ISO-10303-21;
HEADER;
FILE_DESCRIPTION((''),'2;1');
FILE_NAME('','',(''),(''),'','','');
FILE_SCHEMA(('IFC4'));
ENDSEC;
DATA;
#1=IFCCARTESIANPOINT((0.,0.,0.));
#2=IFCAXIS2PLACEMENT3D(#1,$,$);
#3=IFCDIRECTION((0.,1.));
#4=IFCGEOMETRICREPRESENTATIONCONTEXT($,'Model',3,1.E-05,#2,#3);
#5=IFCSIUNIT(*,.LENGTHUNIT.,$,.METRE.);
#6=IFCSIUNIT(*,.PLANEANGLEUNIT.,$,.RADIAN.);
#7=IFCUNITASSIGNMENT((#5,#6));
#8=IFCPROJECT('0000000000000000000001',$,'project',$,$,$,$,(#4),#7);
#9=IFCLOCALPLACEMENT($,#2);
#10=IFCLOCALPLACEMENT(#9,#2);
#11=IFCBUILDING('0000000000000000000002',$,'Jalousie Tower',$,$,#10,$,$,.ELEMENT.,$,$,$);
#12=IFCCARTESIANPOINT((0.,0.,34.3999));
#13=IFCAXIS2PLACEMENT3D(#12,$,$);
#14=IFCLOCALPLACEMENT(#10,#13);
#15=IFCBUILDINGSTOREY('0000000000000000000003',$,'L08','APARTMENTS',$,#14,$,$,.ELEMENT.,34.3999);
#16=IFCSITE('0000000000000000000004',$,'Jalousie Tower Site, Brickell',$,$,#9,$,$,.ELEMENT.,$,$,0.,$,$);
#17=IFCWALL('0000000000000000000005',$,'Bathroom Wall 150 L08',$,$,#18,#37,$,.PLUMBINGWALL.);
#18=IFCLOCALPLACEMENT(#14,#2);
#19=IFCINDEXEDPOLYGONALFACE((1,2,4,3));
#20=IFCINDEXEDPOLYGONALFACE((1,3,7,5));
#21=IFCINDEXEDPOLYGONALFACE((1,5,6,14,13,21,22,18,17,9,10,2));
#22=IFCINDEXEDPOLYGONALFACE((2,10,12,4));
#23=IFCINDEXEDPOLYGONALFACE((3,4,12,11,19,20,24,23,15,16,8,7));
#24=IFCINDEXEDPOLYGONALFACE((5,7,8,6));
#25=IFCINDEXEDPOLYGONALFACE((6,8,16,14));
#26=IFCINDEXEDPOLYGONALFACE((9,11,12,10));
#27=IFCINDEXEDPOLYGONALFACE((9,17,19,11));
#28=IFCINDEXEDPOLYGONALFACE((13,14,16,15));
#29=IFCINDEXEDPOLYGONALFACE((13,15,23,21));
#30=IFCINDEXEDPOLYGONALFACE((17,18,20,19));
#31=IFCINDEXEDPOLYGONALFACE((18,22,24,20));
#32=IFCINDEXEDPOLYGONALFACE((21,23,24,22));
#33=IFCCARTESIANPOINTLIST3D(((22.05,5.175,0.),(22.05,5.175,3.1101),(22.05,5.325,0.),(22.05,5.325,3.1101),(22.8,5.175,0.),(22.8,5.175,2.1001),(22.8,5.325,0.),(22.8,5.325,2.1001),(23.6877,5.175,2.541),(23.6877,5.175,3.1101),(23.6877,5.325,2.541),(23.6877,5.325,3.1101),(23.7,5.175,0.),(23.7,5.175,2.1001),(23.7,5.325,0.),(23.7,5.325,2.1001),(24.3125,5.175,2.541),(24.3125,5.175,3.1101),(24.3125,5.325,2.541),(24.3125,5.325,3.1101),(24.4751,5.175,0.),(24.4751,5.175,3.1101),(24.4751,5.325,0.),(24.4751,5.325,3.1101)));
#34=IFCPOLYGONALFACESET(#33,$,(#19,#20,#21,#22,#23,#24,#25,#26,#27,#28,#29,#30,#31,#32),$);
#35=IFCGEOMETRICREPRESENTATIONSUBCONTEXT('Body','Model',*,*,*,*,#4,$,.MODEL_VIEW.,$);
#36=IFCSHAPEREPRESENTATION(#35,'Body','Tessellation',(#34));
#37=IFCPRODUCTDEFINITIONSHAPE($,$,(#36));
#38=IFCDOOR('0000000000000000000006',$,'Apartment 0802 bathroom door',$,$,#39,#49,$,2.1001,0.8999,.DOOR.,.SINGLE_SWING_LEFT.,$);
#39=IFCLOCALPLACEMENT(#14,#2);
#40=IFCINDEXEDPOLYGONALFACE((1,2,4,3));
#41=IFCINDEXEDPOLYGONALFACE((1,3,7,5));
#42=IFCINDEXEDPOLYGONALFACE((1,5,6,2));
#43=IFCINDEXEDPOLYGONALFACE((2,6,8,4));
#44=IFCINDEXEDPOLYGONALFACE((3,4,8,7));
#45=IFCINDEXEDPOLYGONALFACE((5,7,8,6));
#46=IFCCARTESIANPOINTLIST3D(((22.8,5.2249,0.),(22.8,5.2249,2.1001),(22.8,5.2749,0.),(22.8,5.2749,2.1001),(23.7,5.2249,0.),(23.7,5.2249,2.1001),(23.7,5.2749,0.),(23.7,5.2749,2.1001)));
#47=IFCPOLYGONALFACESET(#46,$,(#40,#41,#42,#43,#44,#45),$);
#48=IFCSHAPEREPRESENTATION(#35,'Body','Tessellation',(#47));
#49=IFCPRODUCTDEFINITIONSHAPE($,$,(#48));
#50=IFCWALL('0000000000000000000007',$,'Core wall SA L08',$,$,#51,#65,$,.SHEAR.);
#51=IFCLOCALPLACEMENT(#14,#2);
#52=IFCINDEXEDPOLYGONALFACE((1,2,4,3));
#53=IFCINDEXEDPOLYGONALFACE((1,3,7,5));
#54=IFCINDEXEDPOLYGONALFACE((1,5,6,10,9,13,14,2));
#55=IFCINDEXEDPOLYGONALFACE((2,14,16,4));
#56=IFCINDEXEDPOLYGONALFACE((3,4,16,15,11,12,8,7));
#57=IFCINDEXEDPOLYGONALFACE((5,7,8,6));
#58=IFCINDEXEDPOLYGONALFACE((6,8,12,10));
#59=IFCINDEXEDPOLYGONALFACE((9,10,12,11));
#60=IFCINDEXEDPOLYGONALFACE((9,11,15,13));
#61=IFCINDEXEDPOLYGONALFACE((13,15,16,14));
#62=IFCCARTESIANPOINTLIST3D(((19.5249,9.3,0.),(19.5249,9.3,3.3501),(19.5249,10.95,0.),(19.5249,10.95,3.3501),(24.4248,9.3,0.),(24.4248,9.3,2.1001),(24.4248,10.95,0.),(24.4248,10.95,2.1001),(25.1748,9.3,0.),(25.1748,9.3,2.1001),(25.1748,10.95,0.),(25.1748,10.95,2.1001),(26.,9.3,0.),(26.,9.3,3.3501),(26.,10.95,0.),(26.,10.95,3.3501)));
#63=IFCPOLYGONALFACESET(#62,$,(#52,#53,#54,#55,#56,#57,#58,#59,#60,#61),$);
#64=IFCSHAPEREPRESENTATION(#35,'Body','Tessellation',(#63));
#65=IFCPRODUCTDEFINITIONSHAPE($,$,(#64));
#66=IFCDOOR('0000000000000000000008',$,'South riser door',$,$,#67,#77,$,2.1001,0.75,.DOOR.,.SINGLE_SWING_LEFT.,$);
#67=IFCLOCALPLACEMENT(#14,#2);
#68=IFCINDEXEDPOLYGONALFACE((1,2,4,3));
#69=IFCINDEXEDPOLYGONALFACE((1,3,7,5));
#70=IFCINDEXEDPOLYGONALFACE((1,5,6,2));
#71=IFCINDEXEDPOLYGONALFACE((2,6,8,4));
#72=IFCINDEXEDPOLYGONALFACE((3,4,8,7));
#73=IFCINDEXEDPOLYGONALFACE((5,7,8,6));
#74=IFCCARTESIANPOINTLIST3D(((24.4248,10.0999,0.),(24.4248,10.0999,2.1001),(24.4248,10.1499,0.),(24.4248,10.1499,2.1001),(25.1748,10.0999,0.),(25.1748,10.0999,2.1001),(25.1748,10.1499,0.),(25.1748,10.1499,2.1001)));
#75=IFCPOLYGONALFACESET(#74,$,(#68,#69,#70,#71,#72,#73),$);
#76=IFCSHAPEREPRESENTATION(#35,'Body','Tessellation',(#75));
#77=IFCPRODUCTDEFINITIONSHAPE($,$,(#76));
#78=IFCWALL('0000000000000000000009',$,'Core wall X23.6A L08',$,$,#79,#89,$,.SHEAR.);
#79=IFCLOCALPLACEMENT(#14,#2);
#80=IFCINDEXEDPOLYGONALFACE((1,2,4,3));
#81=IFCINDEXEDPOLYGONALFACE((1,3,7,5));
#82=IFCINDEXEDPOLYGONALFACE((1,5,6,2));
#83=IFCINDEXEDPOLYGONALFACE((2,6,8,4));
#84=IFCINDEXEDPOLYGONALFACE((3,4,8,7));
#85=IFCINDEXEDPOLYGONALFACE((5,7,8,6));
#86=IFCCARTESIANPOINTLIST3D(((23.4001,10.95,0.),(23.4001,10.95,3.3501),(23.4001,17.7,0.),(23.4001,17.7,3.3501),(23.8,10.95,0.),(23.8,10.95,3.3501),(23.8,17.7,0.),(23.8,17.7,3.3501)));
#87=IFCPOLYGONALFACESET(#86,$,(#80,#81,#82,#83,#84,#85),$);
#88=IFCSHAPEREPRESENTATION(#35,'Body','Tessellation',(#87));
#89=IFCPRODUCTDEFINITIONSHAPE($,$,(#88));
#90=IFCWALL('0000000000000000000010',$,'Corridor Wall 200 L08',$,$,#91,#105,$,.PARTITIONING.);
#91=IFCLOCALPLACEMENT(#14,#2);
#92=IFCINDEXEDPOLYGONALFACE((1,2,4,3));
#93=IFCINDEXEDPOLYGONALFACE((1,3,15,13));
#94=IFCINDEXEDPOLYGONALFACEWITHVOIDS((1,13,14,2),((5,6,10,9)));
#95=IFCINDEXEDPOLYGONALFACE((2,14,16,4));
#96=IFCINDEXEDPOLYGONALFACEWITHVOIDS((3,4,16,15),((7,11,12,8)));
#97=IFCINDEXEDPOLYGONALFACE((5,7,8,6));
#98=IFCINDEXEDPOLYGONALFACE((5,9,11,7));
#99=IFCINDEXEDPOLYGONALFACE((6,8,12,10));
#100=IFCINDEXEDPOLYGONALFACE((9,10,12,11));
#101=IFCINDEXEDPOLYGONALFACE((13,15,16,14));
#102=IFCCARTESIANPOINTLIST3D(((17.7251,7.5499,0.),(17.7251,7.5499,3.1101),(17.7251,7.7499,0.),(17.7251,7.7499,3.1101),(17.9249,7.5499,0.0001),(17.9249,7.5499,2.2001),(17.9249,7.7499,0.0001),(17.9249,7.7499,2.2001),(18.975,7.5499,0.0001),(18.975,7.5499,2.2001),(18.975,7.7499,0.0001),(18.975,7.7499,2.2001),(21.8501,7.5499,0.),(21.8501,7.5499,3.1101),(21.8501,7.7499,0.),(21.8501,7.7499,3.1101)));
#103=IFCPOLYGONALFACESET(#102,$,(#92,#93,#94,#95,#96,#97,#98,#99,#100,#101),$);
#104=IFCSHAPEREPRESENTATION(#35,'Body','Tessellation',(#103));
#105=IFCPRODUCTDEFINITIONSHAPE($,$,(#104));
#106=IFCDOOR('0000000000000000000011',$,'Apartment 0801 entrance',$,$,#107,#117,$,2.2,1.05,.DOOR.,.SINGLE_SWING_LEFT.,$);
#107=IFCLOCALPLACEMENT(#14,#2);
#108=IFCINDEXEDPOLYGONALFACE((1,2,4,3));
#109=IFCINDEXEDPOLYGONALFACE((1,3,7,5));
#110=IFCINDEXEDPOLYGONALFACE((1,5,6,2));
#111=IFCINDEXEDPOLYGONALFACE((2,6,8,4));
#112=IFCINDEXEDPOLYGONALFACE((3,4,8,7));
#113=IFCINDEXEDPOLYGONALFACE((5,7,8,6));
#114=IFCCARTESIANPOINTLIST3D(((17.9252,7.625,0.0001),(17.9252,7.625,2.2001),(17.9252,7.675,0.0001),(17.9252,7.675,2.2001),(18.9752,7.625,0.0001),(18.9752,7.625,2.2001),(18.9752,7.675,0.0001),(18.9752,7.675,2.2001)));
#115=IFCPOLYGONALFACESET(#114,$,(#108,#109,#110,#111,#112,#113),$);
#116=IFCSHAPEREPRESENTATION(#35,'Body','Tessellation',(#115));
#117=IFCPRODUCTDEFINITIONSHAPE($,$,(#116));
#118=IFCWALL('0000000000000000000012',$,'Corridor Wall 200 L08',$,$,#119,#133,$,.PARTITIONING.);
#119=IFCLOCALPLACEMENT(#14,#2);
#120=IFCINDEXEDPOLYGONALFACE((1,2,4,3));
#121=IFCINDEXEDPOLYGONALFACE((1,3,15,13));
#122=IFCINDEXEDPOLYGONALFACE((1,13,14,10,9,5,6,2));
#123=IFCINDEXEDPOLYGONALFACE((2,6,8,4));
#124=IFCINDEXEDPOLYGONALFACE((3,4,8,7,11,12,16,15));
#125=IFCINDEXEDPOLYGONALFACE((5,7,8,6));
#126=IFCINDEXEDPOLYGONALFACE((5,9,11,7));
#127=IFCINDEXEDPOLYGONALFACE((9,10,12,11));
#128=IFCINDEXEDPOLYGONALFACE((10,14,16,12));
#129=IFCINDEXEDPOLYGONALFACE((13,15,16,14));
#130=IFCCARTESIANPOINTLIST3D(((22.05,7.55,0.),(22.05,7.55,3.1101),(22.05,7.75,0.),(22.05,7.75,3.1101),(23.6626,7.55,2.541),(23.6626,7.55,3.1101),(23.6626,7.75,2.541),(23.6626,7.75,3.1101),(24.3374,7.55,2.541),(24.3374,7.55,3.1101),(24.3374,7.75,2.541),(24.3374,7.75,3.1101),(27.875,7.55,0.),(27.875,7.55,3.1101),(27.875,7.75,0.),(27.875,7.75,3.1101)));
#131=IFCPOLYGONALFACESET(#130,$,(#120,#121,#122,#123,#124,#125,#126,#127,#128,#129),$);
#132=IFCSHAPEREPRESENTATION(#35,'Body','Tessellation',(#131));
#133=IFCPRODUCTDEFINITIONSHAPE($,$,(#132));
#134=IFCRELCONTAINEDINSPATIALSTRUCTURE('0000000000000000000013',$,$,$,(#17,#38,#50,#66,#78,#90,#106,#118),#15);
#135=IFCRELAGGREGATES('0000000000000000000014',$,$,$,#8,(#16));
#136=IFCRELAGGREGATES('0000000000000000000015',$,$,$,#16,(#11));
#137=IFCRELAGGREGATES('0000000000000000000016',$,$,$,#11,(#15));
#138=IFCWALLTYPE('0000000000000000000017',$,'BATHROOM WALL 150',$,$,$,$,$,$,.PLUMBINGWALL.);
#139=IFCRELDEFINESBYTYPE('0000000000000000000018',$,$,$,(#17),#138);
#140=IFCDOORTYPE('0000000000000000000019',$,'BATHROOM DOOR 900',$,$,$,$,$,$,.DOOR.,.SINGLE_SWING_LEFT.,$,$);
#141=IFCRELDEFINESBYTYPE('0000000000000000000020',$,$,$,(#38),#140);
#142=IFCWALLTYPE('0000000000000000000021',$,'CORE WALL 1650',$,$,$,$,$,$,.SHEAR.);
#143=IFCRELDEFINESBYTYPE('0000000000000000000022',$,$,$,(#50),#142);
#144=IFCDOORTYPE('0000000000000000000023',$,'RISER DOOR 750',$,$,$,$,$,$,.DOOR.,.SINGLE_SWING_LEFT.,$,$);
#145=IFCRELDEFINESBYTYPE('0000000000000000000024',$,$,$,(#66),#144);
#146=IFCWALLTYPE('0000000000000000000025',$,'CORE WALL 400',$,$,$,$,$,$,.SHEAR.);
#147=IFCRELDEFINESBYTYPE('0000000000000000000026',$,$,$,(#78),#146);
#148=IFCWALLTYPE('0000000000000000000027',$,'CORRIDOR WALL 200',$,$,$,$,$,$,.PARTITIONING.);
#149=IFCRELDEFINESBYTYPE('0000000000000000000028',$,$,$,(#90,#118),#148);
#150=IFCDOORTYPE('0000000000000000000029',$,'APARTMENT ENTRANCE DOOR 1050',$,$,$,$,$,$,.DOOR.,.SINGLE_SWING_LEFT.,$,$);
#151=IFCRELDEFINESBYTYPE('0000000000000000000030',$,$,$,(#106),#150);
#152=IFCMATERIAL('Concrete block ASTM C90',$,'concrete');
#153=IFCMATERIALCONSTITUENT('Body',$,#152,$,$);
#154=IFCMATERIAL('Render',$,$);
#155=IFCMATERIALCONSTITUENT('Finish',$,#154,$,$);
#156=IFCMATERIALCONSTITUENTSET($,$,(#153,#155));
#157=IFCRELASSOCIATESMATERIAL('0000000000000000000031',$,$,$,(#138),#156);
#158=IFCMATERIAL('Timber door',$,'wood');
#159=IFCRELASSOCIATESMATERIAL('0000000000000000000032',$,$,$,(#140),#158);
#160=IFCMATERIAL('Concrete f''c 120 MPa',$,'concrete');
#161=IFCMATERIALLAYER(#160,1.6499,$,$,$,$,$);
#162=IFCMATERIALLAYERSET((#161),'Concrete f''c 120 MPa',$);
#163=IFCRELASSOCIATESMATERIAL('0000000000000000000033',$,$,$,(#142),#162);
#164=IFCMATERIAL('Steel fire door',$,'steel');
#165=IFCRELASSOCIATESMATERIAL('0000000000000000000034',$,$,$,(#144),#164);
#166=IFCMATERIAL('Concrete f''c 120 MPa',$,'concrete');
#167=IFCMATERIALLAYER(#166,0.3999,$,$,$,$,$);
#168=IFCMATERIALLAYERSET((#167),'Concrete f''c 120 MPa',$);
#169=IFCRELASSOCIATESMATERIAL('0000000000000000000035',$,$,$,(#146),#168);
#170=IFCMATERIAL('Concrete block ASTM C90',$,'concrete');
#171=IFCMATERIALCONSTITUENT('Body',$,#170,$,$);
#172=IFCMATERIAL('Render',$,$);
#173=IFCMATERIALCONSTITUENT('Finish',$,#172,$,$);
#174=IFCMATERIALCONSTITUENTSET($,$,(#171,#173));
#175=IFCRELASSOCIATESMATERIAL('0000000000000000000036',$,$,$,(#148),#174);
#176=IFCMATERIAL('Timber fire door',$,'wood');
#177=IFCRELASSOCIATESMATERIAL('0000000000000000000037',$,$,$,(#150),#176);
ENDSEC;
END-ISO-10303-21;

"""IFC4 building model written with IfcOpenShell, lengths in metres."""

from ifc_helpers import new_model, si_unit, direction, frame, frame_2d, origin, place, context, subcontext, project, spatial, polyline, rectangle, outline, extrude, material, layer, layer_set, constituent, constituent_set, type_object, element, fill, save


model = new_model("IFC4")

# Units and contexts
model_context = context("Model", 3, precision=1e-05, world=origin(), true_north=direction((0.0, 1.0)))
body_context = subcontext(model_context, "Body", "Model", "MODEL_VIEW")
ifc_project = project(units=[si_unit("LENGTHUNIT", "METRE"), si_unit("PLANEANGLEUNIT", "RADIAN")], contexts=[model_context])

# Site, building, storey
site_placement = place(None, origin())
site = spatial("IfcSite", under=ifc_project, at=site_placement, Name="Jalousie Tower Site, Brickell", CompositionType="ELEMENT", RefElevation=0.0)
building_placement = place(site_placement, origin())
building = spatial("IfcBuilding", under=site, at=building_placement, Name="Jalousie Tower", CompositionType="ELEMENT")
storey_placement = place(building_placement, frame((0.0, 0.0, 34.3999)))
storey = spatial("IfcBuildingStorey", under=building, at=storey_placement, Name="L08", Description="APARTMENTS", CompositionType="ELEMENT", Elevation=34.3999)

# Walls, openings, doors
ifc_material_1 = material(Name="Concrete block ASTM C90", Category="concrete")
ifc_constituent_1 = constituent(ifc_material_1, Name="Body")
ifc_material_2 = material(Name="Render")
ifc_constituent_2 = constituent(ifc_material_2, Name="Finish")
ifc_constituent_set_1 = constituent_set(constituents=[ifc_constituent_1, ifc_constituent_2])
wall_type_1 = type_object("IfcWallType", Name="BATHROOM WALL 150", PredefinedType="PLUMBINGWALL", material=ifc_constituent_set_1)
wall_1_placement = place(storey_placement, frame((22.05, 5.25, 0.0), z_axis=(0.0, 0.0, 1.0), x_axis=(1.0, 0.0, 0.0)))
wall_1 = element("IfcWall", 1, at=wall_1_placement, inside=storey, type_object=wall_type_1, Name="Bathroom Wall 150 L08", PredefinedType="PLUMBINGWALL", context=body_context, shape_type="SweptSolid", body=[
    extrude(outline(polyline([(0.0, 0.0), (2.425, 0.0), (2.425, 3.1101), (2.2625, 3.1101), (2.2625, 2.541), (1.6377, 2.541), (1.6377, 3.1101), (0.0, 3.1101), (0.0, 0.0)])), frame((0.0, 0.075, 0.0), z_axis=(0.0, -1.0, 0.0), x_axis=(1.0, 0.0, 0.0)), (0.0, 0.0, 1.0), 0.1499),
])
opening_1_placement = place(wall_1_placement, frame((0.75, 0.0, 0.0)))
opening_1 = element("IfcOpeningElement", 2, at=opening_1_placement, cuts=wall_1, PredefinedType="OPENING", context=body_context, shape_type="SweptSolid", body=[
    extrude(rectangle(XDim=0.8999, YDim=2.1001, at=frame_2d((0.45, 1.05))), frame((0.0, 0.085, 0.0), z_axis=(0.0, -1.0, 0.0), x_axis=(1.0, 0.0, 0.0)), (0.0, 0.0, 1.0), 0.1699),
])
ifc_material_3 = material(Name="Timber door", Category="wood")
door_type_1 = type_object("IfcDoorType", Name="BATHROOM DOOR 900", OperationType="SINGLE_SWING_LEFT", PredefinedType="DOOR", material=ifc_material_3)
door_1_placement = place(opening_1_placement, origin())
door_1 = element("IfcDoor", 3, at=door_1_placement, inside=storey, type_object=door_type_1, Name="Apartment 0802 bathroom door", OperationType="SINGLE_SWING_LEFT", OverallHeight=2.1001, OverallWidth=0.8999, PredefinedType="DOOR", context=body_context, shape_type="SweptSolid", body=[
    extrude(rectangle(XDim=0.8999, YDim=2.1001, at=frame_2d((0.45, 1.05))), frame((0.0, 0.0249, 0.0), z_axis=(0.0, -1.0, 0.0), x_axis=(1.0, 0.0, 0.0)), (0.0, 0.0, 1.0), 0.05),
])
fill(opening_1, door_1)
ifc_material_4 = material(Name="Concrete f'c 120 MPa", Category="concrete")
ifc_layer_1 = layer(ifc_material_4, 1.6499)
ifc_layer_set_1 = layer_set([ifc_layer_1], Name="Concrete f'c 120 MPa")
wall_type_2 = type_object("IfcWallType", Name="CORE WALL 1650", PredefinedType="SHEAR", material=ifc_layer_set_1)
wall_2_placement = place(storey_placement, frame((19.5249, 10.125, 0.0), z_axis=(0.0, 0.0, 1.0), x_axis=(1.0, 0.0, 0.0)))
wall_2 = element("IfcWall", 4, at=wall_2_placement, inside=storey, type_object=wall_type_2, Name="Core wall SA L08", PredefinedType="SHEAR", context=body_context, shape_type="SweptSolid", body=[
    extrude(rectangle(XDim=6.4751, YDim=1.6499, at=frame_2d((3.2375, 0.0))), origin(), (0.0, 0.0, 1.0), 3.3501),
])
opening_2_placement = place(wall_2_placement, frame((4.8999, 0.0, 0.0)))
opening_2 = element("IfcOpeningElement", 5, at=opening_2_placement, cuts=wall_2, PredefinedType="OPENING", context=body_context, shape_type="SweptSolid", body=[
    extrude(rectangle(XDim=0.75, YDim=2.1001, at=frame_2d((0.375, 1.05))), frame((0.0, 0.835, 0.0), z_axis=(0.0, -1.0, 0.0), x_axis=(1.0, 0.0, 0.0)), (0.0, 0.0, 1.0), 1.6699),
])
ifc_material_5 = material(Name="Steel fire door", Category="steel")
door_type_2 = type_object("IfcDoorType", Name="RISER DOOR 750", OperationType="SINGLE_SWING_LEFT", PredefinedType="DOOR", material=ifc_material_5)
door_2_placement = place(opening_2_placement, origin())
door_2 = element("IfcDoor", 6, at=door_2_placement, inside=storey, type_object=door_type_2, Name="South riser door", OperationType="SINGLE_SWING_LEFT", OverallHeight=2.1001, OverallWidth=0.75, PredefinedType="DOOR", context=body_context, shape_type="SweptSolid", body=[
    extrude(rectangle(XDim=0.75, YDim=2.1001, at=frame_2d((0.375, 1.05))), frame((0.0, 0.0249, 0.0), z_axis=(0.0, -1.0, 0.0), x_axis=(1.0, 0.0, 0.0)), (0.0, 0.0, 1.0), 0.05),
])
fill(opening_2, door_2)

# Wall
ifc_material_6 = material(Name="Concrete f'c 120 MPa", Category="concrete")
ifc_layer_2 = layer(ifc_material_6, 0.3999)
ifc_layer_set_2 = layer_set([ifc_layer_2], Name="Concrete f'c 120 MPa")
wall_type_3 = type_object("IfcWallType", Name="CORE WALL 400", PredefinedType="SHEAR", material=ifc_layer_set_2)
wall_3_placement = place(storey_placement, frame((23.6001, 10.95, 0.0), z_axis=(0.0, 0.0, 1.0), x_axis=(0.0, 1.0, 0.0)))
element("IfcWall", 7, at=wall_3_placement, inside=storey, type_object=wall_type_3, Name="Core wall X23.6A L08", PredefinedType="SHEAR", context=body_context, shape_type="SweptSolid", body=[
    extrude(rectangle(XDim=6.75, YDim=0.3999, at=frame_2d((3.375, 0.0))), origin(), (0.0, 0.0, 1.0), 3.3501),
])

# Wall, opening, door
ifc_material_7 = material(Name="Concrete block ASTM C90", Category="concrete")
ifc_constituent_3 = constituent(ifc_material_7, Name="Body")
ifc_material_8 = material(Name="Render")
ifc_constituent_4 = constituent(ifc_material_8, Name="Finish")
ifc_constituent_set_2 = constituent_set(constituents=[ifc_constituent_3, ifc_constituent_4])
wall_type_4 = type_object("IfcWallType", Name="CORRIDOR WALL 200", PredefinedType="PARTITIONING", material=ifc_constituent_set_2)
wall_4_placement = place(storey_placement, frame((17.7251, 7.6499, 0.0), z_axis=(0.0, 0.0, 1.0), x_axis=(1.0, 0.0, 0.0)))
wall_4 = element("IfcWall", 8, at=wall_4_placement, inside=storey, type_object=wall_type_4, Name="Corridor Wall 200 L08", PredefinedType="PARTITIONING", context=body_context, shape_type="SweptSolid", body=[
    extrude(rectangle(XDim=4.125, YDim=0.2, at=frame_2d((2.0625, 0.0))), origin(), (0.0, 0.0, 1.0), 3.1101),
])
opening_3_placement = place(wall_4_placement, frame((0.2, 0.0, 0.0)))
opening_3 = element("IfcOpeningElement", 9, at=opening_3_placement, cuts=wall_4, PredefinedType="OPENING", context=body_context, shape_type="SweptSolid", body=[
    extrude(rectangle(XDim=1.05, YDim=2.2, at=frame_2d((0.5249, 1.1001))), frame((0.0, 0.1099, 0.0), z_axis=(0.0, -1.0, 0.0), x_axis=(1.0, 0.0, 0.0)), (0.0, 0.0, 1.0), 0.22),
])
ifc_material_9 = material(Name="Timber fire door", Category="wood")
door_type_3 = type_object("IfcDoorType", Name="APARTMENT ENTRANCE DOOR 1050", OperationType="SINGLE_SWING_LEFT", PredefinedType="DOOR", material=ifc_material_9)
door_3_placement = place(opening_3_placement, frame((1.05, 0.0, 0.0), z_axis=(0.0, 0.0, 1.0), x_axis=(-1.0, 0.0, 0.0)))
door_3 = element("IfcDoor", 10, at=door_3_placement, inside=storey, type_object=door_type_3, Name="Apartment 0801 entrance", OperationType="SINGLE_SWING_LEFT", OverallHeight=2.2, OverallWidth=1.05, PredefinedType="DOOR", context=body_context, shape_type="SweptSolid", body=[
    extrude(rectangle(XDim=1.05, YDim=2.2, at=frame_2d((0.5249, 1.1001))), frame((0.0, 0.0249, 0.0), z_axis=(0.0, -1.0, 0.0), x_axis=(1.0, 0.0, 0.0)), (0.0, 0.0, 1.0), 0.05),
])
fill(opening_3, door_3)

# Wall
wall_5_placement = place(storey_placement, frame((22.05, 7.6499, 0.0), z_axis=(0.0, 0.0, 1.0), x_axis=(1.0, 0.0, 0.0)))
element("IfcWall", 11, at=wall_5_placement, inside=storey, type_object=wall_type_4, Name="Corridor Wall 200 L08", PredefinedType="PARTITIONING", context=body_context, shape_type="SweptSolid", body=[
    extrude(outline(polyline([(0.0, 0.0), (5.825, 0.0), (5.825, 3.1101), (2.2874, 3.1101), (2.2874, 2.541), (1.6125, 2.541), (1.6125, 3.1101), (0.0, 3.1101), (0.0, 0.0)])), frame((0.0, 0.1001, 0.0), z_axis=(0.0, -1.0, 0.0), x_axis=(1.0, 0.0, 0.0)), (0.0, 0.0, 1.0), 0.2),
])

save(model, "model.ifc")
